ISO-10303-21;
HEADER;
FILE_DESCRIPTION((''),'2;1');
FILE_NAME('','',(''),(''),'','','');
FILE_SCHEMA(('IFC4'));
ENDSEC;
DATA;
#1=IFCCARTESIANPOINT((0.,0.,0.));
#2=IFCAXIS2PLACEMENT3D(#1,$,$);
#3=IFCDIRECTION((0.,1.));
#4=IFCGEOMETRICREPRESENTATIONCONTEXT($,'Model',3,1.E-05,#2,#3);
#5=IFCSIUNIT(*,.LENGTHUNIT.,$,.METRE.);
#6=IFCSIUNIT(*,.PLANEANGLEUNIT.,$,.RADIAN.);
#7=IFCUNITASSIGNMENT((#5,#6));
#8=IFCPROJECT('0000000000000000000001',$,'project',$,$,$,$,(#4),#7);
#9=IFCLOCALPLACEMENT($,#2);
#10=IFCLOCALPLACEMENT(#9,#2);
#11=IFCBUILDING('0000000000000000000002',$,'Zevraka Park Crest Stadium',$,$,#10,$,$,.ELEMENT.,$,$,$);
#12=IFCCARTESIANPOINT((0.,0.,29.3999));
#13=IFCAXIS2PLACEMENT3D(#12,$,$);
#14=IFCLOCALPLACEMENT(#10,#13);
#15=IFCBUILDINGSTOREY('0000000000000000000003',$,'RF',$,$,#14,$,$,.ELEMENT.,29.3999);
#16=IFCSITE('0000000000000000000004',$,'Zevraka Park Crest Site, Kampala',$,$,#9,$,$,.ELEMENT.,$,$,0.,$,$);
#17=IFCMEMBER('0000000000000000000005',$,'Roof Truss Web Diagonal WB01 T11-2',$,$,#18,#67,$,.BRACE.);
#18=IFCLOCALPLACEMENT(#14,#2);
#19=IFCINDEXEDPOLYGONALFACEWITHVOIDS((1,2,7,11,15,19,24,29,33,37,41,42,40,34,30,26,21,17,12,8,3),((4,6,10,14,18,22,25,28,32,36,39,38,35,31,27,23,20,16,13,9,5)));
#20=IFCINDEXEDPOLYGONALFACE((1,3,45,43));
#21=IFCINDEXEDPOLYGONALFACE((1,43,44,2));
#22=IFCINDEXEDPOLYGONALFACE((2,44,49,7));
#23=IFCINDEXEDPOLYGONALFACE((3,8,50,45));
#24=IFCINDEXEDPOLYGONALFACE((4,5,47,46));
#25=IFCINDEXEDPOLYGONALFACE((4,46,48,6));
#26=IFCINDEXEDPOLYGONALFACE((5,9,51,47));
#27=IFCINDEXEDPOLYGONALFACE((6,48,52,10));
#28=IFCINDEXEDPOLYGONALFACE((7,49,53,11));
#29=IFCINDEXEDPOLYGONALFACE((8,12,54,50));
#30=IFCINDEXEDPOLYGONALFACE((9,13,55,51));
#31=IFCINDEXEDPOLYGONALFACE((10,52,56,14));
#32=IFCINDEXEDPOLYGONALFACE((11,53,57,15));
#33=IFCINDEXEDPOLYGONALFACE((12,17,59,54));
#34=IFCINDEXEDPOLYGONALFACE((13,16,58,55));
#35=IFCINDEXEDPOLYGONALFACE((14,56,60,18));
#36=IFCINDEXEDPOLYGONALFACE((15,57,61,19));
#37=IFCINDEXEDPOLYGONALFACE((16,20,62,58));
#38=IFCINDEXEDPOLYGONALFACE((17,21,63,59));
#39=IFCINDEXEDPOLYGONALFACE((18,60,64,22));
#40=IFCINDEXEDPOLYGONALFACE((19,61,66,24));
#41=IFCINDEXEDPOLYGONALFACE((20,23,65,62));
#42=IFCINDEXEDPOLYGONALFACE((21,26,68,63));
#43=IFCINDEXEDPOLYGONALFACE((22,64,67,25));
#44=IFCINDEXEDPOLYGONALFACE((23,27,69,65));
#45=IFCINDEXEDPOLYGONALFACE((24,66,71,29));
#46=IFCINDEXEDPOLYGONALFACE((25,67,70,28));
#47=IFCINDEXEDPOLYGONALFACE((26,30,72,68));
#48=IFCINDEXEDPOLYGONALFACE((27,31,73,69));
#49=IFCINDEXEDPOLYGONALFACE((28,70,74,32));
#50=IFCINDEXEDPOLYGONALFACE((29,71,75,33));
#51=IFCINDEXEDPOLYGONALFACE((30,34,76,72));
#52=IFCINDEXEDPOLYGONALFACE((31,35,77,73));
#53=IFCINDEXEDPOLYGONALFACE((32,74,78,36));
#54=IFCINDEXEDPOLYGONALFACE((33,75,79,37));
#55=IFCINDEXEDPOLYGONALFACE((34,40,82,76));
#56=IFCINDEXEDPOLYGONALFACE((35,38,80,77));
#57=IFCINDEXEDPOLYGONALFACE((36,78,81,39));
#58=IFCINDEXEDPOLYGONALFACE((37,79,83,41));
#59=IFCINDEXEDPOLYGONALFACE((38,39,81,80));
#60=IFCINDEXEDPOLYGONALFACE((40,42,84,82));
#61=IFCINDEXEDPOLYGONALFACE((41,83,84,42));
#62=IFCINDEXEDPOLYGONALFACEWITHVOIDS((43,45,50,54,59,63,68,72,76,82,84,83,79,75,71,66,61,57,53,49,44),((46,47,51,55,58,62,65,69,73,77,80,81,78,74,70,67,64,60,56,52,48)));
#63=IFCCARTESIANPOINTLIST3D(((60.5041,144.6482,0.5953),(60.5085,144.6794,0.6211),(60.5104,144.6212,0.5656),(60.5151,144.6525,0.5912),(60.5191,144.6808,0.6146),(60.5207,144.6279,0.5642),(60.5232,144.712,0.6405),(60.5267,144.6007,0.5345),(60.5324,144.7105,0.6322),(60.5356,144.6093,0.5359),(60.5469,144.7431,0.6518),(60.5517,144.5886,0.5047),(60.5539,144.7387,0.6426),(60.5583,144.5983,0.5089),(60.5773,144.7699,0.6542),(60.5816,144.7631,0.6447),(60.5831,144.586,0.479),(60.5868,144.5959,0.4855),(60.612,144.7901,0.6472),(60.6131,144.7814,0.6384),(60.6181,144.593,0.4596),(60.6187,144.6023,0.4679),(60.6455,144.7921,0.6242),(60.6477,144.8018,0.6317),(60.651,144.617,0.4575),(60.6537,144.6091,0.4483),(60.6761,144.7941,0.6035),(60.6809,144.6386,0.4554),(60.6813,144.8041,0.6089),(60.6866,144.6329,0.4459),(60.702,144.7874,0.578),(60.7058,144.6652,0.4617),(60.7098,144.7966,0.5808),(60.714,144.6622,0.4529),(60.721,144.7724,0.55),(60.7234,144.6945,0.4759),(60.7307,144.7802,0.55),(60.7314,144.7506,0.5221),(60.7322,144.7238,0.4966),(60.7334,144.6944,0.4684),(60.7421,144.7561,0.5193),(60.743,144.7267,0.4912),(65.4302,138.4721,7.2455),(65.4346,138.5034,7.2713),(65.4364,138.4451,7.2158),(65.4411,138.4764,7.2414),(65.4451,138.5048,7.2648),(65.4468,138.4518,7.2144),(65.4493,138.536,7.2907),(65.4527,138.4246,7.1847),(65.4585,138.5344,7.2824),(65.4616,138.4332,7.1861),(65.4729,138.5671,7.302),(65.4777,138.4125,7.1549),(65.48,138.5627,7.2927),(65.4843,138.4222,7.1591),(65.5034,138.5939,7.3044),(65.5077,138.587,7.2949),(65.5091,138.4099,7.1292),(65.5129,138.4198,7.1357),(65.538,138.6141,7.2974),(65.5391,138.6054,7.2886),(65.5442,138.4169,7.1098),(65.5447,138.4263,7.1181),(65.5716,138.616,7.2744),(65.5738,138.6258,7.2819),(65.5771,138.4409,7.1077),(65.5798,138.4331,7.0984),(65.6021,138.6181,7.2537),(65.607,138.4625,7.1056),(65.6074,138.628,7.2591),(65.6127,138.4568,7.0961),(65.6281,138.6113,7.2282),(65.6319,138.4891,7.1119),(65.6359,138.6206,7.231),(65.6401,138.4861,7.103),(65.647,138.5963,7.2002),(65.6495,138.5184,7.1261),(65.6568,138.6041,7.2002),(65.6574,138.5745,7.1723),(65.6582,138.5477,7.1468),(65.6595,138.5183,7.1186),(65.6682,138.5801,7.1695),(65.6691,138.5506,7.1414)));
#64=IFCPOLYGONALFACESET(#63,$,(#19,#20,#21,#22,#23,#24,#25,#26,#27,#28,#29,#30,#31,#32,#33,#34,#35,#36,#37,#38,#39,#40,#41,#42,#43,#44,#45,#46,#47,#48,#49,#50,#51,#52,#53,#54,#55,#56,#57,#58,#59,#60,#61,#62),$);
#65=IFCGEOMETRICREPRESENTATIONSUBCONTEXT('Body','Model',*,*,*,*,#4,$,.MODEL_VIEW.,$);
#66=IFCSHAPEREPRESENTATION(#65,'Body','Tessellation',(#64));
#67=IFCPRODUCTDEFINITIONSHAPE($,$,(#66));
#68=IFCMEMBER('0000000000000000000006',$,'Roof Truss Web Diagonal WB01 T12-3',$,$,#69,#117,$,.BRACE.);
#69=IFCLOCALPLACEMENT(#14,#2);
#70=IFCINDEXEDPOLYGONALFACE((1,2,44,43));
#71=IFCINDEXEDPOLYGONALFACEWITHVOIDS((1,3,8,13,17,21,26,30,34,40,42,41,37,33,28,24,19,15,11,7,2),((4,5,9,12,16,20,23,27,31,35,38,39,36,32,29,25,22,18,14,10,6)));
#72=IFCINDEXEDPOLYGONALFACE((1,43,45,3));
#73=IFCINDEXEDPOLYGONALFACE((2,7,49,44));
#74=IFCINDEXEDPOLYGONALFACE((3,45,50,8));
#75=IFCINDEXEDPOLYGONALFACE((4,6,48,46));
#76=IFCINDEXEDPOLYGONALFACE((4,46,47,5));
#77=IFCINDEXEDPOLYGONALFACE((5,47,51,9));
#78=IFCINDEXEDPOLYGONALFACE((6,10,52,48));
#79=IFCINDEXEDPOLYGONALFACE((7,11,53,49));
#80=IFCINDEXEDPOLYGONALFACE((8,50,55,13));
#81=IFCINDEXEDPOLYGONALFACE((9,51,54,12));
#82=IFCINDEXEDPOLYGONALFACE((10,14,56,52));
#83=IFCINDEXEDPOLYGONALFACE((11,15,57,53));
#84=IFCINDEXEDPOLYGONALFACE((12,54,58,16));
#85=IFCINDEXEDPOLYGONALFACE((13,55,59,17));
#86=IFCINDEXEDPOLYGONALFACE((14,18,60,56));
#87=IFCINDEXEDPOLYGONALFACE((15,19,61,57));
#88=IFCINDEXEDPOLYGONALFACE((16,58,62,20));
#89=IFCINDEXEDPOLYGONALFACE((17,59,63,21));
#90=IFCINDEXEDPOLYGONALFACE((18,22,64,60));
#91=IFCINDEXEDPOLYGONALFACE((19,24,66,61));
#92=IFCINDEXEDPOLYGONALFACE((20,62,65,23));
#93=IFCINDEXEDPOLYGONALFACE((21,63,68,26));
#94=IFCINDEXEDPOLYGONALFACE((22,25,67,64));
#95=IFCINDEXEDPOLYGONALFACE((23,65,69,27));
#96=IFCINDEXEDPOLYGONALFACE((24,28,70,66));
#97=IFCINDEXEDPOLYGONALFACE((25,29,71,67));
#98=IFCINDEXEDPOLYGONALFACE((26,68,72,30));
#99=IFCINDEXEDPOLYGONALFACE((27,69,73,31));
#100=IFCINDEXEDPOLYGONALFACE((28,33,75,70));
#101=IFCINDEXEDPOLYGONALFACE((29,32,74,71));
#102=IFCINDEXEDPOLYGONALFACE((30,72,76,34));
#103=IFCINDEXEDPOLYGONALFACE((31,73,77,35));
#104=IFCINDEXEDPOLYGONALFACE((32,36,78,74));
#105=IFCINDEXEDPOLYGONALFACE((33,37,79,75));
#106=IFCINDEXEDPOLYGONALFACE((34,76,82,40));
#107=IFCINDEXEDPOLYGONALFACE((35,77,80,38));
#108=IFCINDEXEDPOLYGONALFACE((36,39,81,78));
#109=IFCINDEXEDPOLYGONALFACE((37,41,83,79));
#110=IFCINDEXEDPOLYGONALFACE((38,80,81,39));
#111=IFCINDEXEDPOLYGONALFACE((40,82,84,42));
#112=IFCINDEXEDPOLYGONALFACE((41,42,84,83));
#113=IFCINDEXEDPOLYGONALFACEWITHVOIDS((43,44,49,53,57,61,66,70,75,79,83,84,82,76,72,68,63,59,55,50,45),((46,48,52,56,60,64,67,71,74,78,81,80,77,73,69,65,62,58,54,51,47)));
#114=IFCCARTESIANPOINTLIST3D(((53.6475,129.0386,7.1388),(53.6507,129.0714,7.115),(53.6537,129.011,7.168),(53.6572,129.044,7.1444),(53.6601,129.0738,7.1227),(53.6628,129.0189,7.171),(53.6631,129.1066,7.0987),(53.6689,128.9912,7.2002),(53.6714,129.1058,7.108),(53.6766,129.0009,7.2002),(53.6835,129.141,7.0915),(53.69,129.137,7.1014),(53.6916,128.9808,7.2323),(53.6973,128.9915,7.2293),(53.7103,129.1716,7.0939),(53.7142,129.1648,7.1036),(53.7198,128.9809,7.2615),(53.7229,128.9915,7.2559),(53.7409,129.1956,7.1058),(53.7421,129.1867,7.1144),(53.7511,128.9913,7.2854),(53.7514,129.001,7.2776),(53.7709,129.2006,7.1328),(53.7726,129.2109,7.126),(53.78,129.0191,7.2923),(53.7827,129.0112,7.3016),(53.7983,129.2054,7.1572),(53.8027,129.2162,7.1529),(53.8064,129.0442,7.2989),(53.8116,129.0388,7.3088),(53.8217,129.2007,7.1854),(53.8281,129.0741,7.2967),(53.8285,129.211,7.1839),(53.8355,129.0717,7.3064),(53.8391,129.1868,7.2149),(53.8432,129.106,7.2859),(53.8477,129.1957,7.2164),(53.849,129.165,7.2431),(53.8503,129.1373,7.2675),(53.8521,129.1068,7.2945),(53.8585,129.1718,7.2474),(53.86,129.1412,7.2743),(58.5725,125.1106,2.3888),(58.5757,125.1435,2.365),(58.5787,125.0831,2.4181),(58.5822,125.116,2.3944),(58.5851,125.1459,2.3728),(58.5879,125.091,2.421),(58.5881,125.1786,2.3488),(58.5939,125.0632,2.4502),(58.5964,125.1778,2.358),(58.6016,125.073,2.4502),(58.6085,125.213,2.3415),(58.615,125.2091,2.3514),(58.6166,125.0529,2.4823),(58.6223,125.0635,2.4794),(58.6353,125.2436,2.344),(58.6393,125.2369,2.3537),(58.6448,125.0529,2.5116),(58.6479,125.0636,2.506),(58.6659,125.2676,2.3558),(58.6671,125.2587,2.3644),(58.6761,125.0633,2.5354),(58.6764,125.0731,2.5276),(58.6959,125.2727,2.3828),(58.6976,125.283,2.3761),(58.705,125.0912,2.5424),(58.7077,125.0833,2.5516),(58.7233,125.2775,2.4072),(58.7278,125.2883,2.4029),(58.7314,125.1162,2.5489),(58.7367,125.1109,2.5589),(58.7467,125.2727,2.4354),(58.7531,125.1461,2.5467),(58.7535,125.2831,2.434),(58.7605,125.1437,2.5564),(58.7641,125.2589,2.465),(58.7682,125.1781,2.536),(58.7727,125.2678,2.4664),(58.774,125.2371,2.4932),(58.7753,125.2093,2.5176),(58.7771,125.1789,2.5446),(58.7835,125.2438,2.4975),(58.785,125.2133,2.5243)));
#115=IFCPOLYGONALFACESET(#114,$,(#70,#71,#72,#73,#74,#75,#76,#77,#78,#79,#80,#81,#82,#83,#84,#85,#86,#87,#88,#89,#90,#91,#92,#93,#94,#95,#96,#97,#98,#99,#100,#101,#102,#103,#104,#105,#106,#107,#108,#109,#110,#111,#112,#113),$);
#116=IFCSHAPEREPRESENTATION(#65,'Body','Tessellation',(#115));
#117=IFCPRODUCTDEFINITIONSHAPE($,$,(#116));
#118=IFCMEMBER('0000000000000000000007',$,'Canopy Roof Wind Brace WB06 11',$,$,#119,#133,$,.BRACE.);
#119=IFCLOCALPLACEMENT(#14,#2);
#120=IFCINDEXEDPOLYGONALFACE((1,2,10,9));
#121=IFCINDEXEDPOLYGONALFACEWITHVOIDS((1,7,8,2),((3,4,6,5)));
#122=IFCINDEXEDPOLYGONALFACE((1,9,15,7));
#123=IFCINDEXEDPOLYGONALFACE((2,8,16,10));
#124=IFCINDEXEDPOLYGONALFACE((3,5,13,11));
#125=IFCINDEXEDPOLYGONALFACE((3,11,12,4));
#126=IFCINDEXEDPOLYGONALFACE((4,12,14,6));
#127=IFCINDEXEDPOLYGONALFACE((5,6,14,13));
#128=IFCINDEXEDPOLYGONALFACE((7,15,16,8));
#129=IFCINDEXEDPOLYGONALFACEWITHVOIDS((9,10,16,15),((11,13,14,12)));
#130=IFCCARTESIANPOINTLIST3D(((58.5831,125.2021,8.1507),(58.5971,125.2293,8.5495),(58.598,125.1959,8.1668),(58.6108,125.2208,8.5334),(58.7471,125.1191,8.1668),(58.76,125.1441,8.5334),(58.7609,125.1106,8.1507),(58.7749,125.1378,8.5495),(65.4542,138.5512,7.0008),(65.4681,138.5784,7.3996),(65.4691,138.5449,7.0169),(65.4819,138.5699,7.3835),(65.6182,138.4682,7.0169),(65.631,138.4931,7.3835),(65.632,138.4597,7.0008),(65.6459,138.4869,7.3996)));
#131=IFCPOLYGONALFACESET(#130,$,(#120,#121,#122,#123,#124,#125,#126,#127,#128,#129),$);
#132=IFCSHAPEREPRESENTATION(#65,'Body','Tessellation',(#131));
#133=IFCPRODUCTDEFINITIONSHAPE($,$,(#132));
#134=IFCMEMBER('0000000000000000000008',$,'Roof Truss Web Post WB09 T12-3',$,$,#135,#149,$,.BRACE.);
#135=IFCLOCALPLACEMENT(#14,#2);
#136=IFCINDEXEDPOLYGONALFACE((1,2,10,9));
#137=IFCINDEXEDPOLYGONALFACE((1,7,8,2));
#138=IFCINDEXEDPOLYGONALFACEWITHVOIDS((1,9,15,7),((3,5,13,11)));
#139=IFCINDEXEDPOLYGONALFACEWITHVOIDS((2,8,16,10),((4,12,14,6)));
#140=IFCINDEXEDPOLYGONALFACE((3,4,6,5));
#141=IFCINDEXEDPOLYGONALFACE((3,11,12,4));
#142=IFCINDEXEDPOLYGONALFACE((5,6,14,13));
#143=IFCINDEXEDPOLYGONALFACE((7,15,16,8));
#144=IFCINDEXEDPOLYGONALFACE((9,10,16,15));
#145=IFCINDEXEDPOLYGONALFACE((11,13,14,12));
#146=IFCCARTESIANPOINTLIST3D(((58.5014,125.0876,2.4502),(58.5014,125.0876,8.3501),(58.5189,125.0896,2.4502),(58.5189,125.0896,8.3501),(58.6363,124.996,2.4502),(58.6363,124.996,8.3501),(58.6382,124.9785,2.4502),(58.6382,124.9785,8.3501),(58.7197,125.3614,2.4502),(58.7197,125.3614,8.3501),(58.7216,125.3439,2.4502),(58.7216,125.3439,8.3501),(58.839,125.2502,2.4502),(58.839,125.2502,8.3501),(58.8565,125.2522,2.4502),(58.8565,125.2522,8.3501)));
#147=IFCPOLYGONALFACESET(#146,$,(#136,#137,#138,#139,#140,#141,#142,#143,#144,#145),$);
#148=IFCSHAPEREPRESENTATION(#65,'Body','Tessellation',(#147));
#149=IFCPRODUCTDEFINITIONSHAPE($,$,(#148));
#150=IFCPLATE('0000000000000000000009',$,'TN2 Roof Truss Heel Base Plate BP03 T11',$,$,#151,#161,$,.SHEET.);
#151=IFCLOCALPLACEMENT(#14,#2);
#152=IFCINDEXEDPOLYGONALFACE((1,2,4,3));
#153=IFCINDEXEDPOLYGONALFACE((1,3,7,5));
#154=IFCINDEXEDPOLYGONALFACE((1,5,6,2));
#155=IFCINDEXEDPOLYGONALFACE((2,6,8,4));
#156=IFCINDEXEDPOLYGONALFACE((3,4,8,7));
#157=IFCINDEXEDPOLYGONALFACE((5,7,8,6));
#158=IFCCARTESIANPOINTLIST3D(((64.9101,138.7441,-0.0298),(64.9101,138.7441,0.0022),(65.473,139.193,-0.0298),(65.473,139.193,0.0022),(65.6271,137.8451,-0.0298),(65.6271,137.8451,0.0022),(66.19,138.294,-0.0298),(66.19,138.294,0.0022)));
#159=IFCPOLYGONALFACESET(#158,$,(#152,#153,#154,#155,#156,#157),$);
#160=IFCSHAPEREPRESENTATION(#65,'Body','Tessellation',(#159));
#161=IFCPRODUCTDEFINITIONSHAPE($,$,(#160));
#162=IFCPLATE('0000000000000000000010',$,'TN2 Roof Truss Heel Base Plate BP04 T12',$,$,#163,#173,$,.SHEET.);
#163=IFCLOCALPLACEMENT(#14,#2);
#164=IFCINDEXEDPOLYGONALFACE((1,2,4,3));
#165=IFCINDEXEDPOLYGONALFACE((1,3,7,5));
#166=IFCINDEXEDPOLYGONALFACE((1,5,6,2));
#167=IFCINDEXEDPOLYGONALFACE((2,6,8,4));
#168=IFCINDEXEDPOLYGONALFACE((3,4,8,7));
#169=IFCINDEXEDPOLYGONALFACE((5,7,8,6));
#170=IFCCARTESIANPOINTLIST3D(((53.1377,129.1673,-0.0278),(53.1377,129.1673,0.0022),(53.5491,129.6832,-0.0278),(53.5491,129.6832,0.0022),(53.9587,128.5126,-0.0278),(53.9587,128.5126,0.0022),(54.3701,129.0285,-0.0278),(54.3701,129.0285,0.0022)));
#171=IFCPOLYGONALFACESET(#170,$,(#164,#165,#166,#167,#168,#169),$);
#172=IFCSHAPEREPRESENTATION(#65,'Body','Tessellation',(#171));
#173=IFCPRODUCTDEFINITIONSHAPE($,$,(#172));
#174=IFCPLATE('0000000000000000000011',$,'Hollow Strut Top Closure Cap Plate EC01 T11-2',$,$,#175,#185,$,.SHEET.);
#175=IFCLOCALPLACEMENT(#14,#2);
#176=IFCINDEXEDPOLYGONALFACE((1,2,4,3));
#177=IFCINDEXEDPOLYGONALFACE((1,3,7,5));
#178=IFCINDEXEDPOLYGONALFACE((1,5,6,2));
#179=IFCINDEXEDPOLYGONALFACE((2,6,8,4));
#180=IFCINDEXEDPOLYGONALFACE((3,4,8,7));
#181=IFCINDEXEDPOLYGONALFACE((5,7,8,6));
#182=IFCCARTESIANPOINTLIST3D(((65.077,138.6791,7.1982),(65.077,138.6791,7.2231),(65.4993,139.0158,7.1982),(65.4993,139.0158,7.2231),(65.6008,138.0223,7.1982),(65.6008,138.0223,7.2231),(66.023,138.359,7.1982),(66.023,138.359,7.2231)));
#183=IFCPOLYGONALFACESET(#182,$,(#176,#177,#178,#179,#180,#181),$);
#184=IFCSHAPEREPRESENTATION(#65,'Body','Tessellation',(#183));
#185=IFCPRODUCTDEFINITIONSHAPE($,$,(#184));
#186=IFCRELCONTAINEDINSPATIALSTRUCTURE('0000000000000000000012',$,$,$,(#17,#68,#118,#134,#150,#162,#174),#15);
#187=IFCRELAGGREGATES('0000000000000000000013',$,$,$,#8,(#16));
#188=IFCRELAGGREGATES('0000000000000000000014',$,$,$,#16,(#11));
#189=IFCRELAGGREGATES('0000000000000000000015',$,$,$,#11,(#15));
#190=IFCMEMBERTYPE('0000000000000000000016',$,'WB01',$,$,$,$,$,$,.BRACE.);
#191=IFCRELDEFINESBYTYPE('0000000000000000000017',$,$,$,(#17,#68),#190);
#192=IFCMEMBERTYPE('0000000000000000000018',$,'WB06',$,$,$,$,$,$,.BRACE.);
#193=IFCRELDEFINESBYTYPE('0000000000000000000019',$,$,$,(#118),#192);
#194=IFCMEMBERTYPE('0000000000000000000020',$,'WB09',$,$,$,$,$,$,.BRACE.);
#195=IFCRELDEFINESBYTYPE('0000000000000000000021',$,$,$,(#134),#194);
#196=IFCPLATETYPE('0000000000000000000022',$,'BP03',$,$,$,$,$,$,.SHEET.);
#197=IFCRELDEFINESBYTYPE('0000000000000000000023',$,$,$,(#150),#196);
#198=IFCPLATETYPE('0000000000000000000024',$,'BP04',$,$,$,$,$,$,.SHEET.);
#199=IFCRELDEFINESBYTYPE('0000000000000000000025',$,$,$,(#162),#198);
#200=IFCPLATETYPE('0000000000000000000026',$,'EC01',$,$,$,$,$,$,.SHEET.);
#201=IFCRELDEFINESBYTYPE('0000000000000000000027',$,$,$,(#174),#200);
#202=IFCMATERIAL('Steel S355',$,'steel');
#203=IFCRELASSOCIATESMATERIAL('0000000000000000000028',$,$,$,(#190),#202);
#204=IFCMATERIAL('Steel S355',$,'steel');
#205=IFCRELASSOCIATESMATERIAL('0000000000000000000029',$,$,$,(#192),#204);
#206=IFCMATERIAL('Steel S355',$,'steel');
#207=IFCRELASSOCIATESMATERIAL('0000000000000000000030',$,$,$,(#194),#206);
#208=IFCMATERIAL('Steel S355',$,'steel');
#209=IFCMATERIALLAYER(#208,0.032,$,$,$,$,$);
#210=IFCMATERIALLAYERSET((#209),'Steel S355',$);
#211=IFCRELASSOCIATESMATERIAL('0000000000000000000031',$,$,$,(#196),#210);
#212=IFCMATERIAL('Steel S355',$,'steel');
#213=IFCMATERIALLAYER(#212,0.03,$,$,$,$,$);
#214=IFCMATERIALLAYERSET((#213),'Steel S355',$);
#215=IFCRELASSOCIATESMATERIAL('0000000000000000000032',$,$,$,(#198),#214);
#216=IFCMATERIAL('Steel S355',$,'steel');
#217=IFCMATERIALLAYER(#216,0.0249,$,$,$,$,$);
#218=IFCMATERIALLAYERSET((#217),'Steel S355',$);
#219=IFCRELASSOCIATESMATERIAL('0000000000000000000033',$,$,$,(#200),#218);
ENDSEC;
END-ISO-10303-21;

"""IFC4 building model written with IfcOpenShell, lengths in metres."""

from ifc_helpers import new_model, si_unit, direction, frame, origin, origin_2d, place, context, subcontext, project, spatial, rectangle, hollow_rectangle, hollow_circle, extrude, material, layer, layer_set, material_profile, profile_set, type_object, element, save


model = new_model("IFC4")

# Units and contexts
model_context = context("Model", 3, precision=1e-05, world=origin(), true_north=direction((0.0, 1.0)))
body_context = subcontext(model_context, "Body", "Model", "MODEL_VIEW")
ifc_project = project(units=[si_unit("LENGTHUNIT", "METRE"), si_unit("PLANEANGLEUNIT", "RADIAN")], contexts=[model_context])

# Site, building, storey
site_placement = place(None, origin())
site = spatial("IfcSite", under=ifc_project, at=site_placement, Name="Zevraka Park Crest Site, Kampala", CompositionType="ELEMENT", RefElevation=0.0)
building_placement = place(site_placement, origin())
building = spatial("IfcBuilding", under=site, at=building_placement, Name="Zevraka Park Crest Stadium", CompositionType="ELEMENT")
storey_placement = place(building_placement, frame((0.0, 0.0, 29.3999)))
storey = spatial("IfcBuildingStorey", under=building, at=storey_placement, Name="RF", CompositionType="ELEMENT", Elevation=29.3999)

# Members
ifc_material_1 = material(Name="Steel S355", Category="steel")
ifc_material_profile_1 = material_profile(ifc_material_1, hollow_circle(Radius=0.1365, WallThickness=0.0125, at=origin_2d()), Name="CHS 273.0x12.5")
ifc_profile_set_1 = profile_set([ifc_material_profile_1], Name="Steel S355")
member_type_1 = type_object("IfcMemberType", Name="WB01", PredefinedType="BRACE", material=ifc_profile_set_1)
member_1_placement = place(storey_placement, frame((60.624, 144.6951, 0.55), z_axis=(0.477035, -0.598084, 0.643998), x_axis=(0.781782, 0.623552, 0.0)))
element("IfcMember", 1, at=member_1_placement, inside=storey, type_object=member_type_1, Name="Roof Truss Web Diagonal WB01 T11-2", PredefinedType="BRACE", context=body_context, shape_type="SweptSolid", body=[
    extrude(hollow_circle(Radius=0.1365, WallThickness=0.0125, at=origin_2d()), origin(), (0.0, 0.0, 1.0), 10.3264),
])
member_2_placement = place(storey_placement, frame((58.679, 125.1699, 2.4502), z_axis=(-0.624237, 0.497861, 0.60205), x_axis=(-0.623527, -0.781802, 0.0)))
element("IfcMember", 2, at=member_2_placement, inside=storey, type_object=member_type_1, Name="Roof Truss Web Diagonal WB01 T12-3", PredefinedType="BRACE", context=body_context, shape_type="SweptSolid", body=[
    extrude(hollow_circle(Radius=0.1365, WallThickness=0.0125, at=origin_2d()), origin(), (0.0, 0.0, 1.0), 7.8896),
])
ifc_material_2 = material(Name="Steel S355", Category="steel")
ifc_material_profile_2 = material_profile(ifc_material_2, hollow_rectangle(XDim=0.2, YDim=0.3999, WallThickness=0.0161, at=origin_2d()), Name="RHS 400x200x16")
ifc_profile_set_2 = profile_set([ifc_material_profile_2], Name="Steel S355")
member_type_2 = type_object("IfcMemberType", Name="WB06", PredefinedType="BRACE", material=ifc_profile_set_2)
member_3_placement = place(storey_placement, frame((65.55, 138.519, 7.2002), z_axis=(-0.456319, -0.886533, 0.076367), x_axis=(0.88913, -0.457655, 0.0)))
element("IfcMember", 3, at=member_3_placement, inside=storey, type_object=member_type_2, Name="Canopy Roof Wind Brace WB06 11", PredefinedType="BRACE", context=body_context, shape_type="SweptSolid", body=[
    extrude(hollow_rectangle(XDim=0.2, YDim=0.3999, WallThickness=0.0161, at=origin_2d()), origin(), (0.0, 0.0, 1.0), 15.0576),
])
ifc_material_3 = material(Name="Steel S355", Category="steel")
ifc_material_profile_3 = material_profile(ifc_material_3, hollow_rectangle(XDim=0.175, YDim=0.3501, WallThickness=0.0125, at=origin_2d()), Name="RHS 350x175x12.5")
ifc_profile_set_3 = profile_set([ifc_material_profile_3], Name="Steel S355")
member_type_3 = type_object("IfcMemberType", Name="WB09", PredefinedType="BRACE", material=ifc_profile_set_3)
member_4_placement = place(storey_placement, frame((58.679, 125.1699, 2.4502), z_axis=(0.0, 0.0, 1.0), x_axis=(-0.781847, 0.62347, 0.0)))
element("IfcMember", 4, at=member_4_placement, inside=storey, type_object=member_type_3, Name="Roof Truss Web Post WB09 T12-3", PredefinedType="BRACE", context=body_context, shape_type="SweptSolid", body=[
    extrude(hollow_rectangle(XDim=0.175, YDim=0.3501, WallThickness=0.0125, at=origin_2d()), origin(), (0.0, 0.0, 1.0), 5.8999),
])

# Plates
ifc_material_4 = material(Name="Steel S355", Category="steel")
ifc_layer_1 = layer(ifc_material_4, 0.032)
ifc_layer_set_1 = layer_set([ifc_layer_1], Name="Steel S355")
plate_type_1 = type_object("IfcPlateType", Name="BP03", PredefinedType="SHEET", material=ifc_layer_set_1)
plate_1_placement = place(storey_placement, frame((65.55, 138.519, -0.0298), z_axis=(0.0, 0.0, 1.0), x_axis=(-0.62347, 0.781847, 0.0)))
element("IfcPlate", 5, at=plate_1_placement, inside=storey, type_object=plate_type_1, Name="TN2 Roof Truss Heel Base Plate BP03 T11", PredefinedType="SHEET", context=body_context, shape_type="SweptSolid", body=[
    extrude(rectangle(XDim=1.1499, YDim=0.72, at=origin_2d()), origin(), (0.0, 0.0, 1.0), 0.032),
])
ifc_material_5 = material(Name="Steel S355", Category="steel")
ifc_layer_2 = layer(ifc_material_5, 0.03)
ifc_layer_set_2 = layer_set([ifc_layer_2], Name="Steel S355")
plate_type_2 = type_object("IfcPlateType", Name="BP04", PredefinedType="SHEET", material=ifc_layer_set_2)
plate_2_placement = place(storey_placement, frame((53.7539, 129.0979, -0.0278), z_axis=(0.0, 0.0, 1.0), x_axis=(-0.781847, 0.62347, 0.0)))
element("IfcPlate", 6, at=plate_2_placement, inside=storey, type_object=plate_type_2, Name="TN2 Roof Truss Heel Base Plate BP04 T12", PredefinedType="SHEET", context=body_context, shape_type="SweptSolid", body=[
    extrude(rectangle(XDim=1.05, YDim=0.6599, at=origin_2d()), origin(), (0.0, 0.0, 1.0), 0.03),
])
ifc_material_6 = material(Name="Steel S355", Category="steel")
ifc_layer_3 = layer(ifc_material_6, 0.0249)
ifc_layer_set_3 = layer_set([ifc_layer_3], Name="Steel S355")
plate_type_3 = type_object("IfcPlateType", Name="EC01", PredefinedType="SHEET", material=ifc_layer_set_3)
for number, where, z_axis, x_axis, name in (
    (7, (65.55, 138.519, 7.1982), (0.0, 0.0, 1.0), (-0.62347, 0.781847, 0.0), "Hollow Strut Top Closure Cap Plate EC01 T11-2"),
):
    element("IfcPlate", number, at=place(storey_placement, frame(where, z_axis=z_axis, x_axis=x_axis)), inside=storey, type_object=plate_type_3, Name=name, PredefinedType="SHEET", context=body_context, shape_type="SweptSolid", body=[
        extrude(rectangle(XDim=0.8401, YDim=0.54, at=origin_2d()), origin(), (0.0, 0.0, 1.0), 0.0249),
    ])

save(model, "model.ifc")
